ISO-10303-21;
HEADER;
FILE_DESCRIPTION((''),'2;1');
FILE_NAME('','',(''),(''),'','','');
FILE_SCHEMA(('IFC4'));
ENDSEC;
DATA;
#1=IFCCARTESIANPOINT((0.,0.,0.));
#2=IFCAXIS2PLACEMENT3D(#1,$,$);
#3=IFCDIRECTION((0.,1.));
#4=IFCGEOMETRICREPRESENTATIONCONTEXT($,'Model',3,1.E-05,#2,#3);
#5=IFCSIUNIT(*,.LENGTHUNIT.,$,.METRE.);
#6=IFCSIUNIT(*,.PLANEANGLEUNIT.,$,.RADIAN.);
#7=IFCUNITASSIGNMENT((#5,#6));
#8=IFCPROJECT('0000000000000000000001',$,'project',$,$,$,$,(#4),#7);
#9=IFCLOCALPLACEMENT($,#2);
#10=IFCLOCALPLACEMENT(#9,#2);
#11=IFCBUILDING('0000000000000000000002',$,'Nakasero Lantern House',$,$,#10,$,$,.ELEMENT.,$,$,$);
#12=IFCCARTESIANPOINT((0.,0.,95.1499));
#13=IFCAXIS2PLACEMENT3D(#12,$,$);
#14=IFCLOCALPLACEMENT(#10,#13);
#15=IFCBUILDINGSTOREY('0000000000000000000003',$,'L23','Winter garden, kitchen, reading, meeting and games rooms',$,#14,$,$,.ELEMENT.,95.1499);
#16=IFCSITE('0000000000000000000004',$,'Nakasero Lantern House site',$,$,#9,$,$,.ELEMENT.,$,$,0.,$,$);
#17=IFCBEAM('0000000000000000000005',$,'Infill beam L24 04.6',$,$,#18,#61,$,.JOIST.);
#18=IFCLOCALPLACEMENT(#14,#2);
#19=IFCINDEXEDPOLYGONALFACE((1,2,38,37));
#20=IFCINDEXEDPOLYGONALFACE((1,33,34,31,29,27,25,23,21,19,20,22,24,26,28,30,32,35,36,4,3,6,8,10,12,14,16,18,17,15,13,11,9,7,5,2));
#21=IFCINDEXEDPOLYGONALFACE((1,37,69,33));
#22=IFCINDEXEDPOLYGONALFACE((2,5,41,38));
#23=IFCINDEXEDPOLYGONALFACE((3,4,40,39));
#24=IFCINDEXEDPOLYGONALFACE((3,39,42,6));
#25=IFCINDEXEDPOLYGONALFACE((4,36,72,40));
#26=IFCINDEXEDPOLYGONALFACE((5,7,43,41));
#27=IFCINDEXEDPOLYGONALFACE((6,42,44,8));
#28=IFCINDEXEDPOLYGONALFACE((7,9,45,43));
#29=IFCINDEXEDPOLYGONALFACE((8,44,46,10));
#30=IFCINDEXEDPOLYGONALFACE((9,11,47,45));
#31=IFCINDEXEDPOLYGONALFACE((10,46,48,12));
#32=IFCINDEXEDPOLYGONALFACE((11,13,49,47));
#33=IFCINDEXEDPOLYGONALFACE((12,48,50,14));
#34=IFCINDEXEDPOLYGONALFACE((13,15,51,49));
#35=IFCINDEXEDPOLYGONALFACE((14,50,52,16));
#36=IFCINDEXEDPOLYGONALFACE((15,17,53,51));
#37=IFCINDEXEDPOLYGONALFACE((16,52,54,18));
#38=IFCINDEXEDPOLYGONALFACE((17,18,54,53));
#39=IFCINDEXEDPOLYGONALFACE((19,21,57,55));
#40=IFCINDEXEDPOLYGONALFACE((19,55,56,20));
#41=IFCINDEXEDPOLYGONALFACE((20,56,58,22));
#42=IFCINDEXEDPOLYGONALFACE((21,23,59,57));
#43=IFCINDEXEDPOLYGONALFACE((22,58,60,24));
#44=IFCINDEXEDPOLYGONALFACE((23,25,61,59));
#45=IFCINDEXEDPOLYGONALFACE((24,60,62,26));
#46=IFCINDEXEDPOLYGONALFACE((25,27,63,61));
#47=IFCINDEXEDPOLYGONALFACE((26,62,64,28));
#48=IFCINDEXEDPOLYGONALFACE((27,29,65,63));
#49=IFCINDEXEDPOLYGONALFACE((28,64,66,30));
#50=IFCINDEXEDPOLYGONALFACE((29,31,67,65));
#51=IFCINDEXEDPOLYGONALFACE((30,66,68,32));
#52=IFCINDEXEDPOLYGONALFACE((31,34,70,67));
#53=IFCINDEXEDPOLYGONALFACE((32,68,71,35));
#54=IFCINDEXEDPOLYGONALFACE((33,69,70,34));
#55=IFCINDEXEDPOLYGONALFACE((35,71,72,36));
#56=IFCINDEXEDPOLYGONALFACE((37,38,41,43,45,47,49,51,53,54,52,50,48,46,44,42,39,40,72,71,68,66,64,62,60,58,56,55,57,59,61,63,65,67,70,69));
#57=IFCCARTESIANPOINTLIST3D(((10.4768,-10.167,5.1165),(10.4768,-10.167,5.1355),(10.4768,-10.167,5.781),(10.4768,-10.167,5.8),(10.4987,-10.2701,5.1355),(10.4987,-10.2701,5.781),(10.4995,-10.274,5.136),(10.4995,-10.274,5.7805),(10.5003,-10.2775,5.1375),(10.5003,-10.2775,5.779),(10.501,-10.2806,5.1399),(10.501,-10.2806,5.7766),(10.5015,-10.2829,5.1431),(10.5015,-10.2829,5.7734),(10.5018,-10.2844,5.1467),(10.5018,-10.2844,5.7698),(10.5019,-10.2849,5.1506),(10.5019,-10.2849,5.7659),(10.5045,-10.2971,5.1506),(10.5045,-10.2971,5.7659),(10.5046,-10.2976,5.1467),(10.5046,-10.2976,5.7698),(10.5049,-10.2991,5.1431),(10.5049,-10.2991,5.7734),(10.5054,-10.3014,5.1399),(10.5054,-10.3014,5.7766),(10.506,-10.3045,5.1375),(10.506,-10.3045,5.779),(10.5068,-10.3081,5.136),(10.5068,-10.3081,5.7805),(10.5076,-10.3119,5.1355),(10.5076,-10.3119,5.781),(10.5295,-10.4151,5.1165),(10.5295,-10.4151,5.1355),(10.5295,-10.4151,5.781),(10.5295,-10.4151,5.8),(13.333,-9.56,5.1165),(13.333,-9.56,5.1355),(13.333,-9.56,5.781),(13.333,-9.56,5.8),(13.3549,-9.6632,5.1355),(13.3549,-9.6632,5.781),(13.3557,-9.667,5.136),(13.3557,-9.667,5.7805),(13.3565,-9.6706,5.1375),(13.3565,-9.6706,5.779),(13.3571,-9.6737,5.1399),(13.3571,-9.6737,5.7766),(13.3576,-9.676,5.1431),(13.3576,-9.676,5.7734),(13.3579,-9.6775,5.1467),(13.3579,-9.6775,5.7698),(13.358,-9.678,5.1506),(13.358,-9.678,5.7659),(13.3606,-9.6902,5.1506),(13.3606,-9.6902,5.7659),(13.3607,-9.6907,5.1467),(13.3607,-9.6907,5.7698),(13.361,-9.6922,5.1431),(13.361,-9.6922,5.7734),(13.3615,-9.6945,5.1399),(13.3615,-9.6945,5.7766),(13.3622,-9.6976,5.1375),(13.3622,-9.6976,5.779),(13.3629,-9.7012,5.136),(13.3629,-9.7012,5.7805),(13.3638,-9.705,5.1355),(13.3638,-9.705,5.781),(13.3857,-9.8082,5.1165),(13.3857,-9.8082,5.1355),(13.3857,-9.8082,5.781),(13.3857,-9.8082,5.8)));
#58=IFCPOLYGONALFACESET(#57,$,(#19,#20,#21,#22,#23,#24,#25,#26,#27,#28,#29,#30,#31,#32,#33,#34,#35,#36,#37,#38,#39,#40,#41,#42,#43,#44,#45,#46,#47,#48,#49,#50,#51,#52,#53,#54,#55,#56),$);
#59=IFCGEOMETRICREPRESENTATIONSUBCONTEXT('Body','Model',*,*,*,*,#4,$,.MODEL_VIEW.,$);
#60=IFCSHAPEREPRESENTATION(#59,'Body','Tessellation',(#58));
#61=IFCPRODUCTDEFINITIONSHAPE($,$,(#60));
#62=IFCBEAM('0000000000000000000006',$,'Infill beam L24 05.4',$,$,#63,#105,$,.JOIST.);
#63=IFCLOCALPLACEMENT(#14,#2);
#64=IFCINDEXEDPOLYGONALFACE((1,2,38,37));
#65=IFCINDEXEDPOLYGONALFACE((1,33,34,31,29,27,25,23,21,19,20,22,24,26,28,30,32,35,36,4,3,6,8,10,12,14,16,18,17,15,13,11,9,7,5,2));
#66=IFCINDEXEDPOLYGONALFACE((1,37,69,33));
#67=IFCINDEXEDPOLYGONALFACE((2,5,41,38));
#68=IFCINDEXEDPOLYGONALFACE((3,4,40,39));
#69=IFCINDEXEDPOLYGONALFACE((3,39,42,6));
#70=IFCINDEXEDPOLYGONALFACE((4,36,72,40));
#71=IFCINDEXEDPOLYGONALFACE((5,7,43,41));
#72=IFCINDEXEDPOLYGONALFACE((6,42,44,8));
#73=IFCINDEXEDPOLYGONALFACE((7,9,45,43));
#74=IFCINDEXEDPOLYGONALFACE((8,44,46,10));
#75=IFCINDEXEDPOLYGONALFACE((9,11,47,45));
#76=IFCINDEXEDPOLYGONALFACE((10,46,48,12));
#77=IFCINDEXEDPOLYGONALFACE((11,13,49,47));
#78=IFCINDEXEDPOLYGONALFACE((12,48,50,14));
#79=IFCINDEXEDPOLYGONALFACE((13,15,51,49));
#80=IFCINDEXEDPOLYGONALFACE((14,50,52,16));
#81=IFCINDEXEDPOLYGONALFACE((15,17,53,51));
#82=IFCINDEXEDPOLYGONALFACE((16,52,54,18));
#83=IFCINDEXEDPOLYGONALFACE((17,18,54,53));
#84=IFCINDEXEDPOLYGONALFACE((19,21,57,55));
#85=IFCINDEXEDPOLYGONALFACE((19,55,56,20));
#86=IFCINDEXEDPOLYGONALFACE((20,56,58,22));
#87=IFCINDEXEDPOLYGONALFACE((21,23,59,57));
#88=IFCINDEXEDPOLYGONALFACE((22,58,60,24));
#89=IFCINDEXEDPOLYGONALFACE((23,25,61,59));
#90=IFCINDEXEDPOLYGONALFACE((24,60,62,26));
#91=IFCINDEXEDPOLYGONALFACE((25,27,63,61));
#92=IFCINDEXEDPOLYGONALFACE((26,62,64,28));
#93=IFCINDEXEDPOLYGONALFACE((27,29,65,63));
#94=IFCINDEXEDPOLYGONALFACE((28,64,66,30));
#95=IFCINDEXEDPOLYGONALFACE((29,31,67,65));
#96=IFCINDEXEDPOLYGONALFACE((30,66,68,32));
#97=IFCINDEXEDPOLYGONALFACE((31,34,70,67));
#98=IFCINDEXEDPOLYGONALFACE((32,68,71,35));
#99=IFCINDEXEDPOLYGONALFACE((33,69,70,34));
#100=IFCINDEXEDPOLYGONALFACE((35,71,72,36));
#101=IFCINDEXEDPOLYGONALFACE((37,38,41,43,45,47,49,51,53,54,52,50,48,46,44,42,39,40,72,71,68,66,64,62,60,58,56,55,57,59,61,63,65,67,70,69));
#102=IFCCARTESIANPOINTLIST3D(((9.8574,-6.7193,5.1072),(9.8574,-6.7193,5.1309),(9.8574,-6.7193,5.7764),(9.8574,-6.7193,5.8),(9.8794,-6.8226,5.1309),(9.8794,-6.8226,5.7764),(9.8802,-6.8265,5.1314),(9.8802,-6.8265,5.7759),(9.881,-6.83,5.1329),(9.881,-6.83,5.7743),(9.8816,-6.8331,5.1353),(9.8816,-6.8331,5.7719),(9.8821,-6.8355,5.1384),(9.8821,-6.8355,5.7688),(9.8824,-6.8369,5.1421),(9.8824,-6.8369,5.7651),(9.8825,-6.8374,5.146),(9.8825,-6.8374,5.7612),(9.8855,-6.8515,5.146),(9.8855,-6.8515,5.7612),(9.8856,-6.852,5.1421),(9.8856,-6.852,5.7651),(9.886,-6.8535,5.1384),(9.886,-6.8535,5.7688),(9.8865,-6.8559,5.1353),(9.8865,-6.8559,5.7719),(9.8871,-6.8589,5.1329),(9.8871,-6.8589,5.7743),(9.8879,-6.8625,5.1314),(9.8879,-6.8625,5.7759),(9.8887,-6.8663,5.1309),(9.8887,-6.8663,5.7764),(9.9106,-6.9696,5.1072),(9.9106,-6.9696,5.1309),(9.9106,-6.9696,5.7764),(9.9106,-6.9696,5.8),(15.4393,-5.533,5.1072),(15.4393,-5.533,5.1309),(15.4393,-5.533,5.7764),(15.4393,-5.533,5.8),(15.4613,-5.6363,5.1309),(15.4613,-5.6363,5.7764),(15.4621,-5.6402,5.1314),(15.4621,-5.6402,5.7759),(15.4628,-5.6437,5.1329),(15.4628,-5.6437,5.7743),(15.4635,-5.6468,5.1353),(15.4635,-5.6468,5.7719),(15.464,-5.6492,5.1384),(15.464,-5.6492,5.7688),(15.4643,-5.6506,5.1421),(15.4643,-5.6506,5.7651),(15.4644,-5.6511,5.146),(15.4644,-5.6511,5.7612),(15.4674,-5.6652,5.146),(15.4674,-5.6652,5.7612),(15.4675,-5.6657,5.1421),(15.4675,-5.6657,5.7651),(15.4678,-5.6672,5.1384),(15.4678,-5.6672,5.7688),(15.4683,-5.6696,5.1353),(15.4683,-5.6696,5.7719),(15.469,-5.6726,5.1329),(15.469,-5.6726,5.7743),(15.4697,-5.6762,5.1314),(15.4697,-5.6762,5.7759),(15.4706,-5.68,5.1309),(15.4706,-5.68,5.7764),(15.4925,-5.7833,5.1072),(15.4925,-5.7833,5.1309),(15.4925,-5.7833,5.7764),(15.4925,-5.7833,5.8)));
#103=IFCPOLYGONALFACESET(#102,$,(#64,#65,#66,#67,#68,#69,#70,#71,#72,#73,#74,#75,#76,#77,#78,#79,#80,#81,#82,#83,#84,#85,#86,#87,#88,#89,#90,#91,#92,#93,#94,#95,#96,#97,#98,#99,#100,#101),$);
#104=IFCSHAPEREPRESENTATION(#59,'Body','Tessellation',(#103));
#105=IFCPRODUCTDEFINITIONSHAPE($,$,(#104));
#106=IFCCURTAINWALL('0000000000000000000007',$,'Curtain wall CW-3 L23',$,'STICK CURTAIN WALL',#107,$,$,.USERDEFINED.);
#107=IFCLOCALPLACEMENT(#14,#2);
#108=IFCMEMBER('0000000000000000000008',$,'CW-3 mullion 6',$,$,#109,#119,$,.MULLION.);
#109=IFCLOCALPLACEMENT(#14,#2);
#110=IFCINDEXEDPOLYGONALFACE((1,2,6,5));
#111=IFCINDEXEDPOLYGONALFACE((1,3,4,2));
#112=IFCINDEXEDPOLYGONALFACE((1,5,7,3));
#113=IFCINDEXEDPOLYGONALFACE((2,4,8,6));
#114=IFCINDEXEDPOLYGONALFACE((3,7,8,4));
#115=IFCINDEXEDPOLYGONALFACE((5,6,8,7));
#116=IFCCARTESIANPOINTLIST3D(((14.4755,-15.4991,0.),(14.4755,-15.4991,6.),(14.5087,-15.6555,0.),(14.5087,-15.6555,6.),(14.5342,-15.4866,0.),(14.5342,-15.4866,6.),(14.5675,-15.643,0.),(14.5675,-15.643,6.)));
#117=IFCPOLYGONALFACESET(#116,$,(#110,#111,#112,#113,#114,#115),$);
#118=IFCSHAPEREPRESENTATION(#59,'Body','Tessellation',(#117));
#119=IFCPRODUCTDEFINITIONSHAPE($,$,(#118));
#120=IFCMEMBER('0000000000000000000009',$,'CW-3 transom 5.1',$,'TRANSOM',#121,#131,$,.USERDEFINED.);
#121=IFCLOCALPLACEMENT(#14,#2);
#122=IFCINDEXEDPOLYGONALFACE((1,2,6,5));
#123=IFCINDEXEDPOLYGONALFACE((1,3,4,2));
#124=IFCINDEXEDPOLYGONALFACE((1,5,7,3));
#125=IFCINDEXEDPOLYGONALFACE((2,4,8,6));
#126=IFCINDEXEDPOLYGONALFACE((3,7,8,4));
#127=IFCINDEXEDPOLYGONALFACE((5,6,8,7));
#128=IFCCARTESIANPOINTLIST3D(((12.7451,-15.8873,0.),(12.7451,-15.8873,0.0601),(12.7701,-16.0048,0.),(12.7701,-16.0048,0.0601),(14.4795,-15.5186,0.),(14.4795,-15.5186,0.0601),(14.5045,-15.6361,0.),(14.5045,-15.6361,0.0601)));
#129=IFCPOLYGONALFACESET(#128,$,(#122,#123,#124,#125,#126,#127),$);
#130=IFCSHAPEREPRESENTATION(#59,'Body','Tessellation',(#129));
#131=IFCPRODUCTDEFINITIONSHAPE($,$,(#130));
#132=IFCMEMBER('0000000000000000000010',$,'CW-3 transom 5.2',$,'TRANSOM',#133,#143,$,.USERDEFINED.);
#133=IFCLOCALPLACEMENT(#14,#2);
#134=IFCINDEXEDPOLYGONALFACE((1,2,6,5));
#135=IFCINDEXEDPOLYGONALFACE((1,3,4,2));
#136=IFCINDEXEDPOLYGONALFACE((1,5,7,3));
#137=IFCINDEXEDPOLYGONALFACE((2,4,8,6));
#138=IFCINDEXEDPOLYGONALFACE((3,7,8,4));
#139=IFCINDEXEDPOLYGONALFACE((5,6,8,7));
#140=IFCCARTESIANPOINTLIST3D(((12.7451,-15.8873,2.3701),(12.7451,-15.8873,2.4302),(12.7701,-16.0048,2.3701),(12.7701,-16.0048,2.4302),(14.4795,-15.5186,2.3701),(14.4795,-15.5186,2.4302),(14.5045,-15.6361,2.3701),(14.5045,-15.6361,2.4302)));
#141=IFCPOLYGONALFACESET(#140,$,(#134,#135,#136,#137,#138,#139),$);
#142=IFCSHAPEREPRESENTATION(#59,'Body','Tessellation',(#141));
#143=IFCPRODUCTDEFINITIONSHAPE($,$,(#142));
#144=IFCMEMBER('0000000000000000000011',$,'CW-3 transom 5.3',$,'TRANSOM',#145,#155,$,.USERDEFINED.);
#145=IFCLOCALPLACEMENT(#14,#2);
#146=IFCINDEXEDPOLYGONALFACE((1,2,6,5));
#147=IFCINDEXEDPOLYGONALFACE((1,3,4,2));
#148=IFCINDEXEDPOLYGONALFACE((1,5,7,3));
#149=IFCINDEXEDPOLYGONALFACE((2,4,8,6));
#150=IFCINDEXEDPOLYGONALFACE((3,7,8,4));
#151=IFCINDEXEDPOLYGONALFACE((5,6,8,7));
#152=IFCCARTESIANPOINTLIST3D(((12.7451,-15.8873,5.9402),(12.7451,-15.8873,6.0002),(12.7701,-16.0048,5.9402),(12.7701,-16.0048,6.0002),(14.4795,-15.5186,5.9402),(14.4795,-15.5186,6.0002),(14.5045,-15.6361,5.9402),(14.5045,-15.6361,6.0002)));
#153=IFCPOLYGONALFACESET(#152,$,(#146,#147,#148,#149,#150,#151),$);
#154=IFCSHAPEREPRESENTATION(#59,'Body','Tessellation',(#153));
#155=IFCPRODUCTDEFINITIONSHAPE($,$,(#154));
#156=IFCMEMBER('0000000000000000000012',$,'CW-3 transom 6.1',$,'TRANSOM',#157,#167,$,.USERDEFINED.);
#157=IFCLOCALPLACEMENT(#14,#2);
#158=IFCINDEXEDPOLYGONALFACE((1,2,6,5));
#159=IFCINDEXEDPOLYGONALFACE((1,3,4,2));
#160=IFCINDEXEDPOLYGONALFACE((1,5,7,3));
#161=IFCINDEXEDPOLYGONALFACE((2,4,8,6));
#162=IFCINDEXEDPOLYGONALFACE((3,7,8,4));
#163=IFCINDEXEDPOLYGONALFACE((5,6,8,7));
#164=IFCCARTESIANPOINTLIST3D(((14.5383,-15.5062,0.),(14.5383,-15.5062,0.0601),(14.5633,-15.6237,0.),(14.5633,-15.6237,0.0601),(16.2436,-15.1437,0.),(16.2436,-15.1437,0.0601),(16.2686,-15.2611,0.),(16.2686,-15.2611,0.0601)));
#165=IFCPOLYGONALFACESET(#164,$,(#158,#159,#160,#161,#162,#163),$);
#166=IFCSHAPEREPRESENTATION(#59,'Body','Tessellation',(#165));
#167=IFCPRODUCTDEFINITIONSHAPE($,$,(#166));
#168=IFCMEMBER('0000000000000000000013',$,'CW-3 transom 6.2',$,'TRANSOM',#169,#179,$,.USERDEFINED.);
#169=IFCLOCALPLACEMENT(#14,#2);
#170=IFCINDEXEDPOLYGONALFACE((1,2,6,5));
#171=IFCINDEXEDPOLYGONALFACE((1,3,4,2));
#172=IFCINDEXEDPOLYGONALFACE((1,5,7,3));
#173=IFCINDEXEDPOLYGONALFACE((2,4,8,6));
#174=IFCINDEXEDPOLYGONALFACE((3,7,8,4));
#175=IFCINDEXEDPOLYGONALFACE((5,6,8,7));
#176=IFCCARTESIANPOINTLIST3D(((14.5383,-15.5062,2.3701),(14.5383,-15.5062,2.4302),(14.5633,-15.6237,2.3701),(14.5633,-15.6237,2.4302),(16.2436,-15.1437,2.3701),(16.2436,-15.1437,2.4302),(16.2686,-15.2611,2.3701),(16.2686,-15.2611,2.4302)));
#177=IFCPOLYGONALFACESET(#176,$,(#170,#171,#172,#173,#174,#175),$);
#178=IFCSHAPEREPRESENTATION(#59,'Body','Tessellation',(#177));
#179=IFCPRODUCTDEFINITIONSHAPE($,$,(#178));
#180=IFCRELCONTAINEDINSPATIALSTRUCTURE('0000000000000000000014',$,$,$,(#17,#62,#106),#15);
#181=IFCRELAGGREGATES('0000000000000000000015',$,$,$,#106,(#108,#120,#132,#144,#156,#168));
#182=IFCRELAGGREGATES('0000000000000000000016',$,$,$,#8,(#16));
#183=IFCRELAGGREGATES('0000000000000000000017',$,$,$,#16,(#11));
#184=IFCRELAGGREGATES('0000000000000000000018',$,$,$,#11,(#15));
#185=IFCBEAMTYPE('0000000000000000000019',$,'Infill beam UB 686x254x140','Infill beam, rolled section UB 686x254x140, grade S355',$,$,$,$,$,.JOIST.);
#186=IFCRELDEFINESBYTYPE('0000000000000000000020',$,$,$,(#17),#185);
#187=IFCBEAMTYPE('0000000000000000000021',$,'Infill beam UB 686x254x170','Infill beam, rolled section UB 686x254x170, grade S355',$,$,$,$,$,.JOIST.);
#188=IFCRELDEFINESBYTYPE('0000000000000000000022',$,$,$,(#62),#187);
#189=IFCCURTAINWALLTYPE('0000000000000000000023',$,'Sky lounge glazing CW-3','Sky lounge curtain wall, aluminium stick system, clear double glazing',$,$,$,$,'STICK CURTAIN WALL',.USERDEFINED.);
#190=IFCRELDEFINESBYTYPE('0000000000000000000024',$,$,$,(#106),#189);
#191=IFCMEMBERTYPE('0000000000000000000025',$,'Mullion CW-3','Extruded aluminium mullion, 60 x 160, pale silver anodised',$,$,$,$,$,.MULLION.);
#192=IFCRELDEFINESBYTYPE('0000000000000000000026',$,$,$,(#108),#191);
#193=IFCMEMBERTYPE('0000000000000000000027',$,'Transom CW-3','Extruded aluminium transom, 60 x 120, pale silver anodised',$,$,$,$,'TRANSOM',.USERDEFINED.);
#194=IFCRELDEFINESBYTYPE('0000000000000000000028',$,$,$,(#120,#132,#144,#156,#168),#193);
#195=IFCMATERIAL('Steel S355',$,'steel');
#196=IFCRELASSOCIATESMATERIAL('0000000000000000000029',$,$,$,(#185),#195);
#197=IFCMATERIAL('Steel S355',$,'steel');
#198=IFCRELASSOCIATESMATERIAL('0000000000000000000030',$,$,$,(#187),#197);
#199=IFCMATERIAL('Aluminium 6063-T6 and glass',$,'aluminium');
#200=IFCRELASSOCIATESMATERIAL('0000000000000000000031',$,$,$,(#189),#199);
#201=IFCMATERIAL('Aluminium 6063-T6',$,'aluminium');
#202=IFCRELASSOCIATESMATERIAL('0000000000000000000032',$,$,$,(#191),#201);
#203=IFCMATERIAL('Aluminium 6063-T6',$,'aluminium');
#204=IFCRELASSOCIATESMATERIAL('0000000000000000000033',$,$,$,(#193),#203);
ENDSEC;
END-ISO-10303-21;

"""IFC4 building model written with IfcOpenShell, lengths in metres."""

from ifc_helpers import new_model, si_unit, direction, frame, origin, origin_2d, place, context, subcontext, project, spatial, rectangle, i_section, extrude, material, material_profile, profile_set, type_object, element, aggregate, save


model = new_model("IFC4")

# Units and contexts
model_context = context("Model", 3, precision=1e-05, world=origin(), true_north=direction((0.0, 1.0)))
body_context = subcontext(model_context, "Body", "Model", "MODEL_VIEW")
ifc_project = project(units=[si_unit("LENGTHUNIT", "METRE"), si_unit("PLANEANGLEUNIT", "RADIAN")], contexts=[model_context])

# Site, building, storey
site_placement = place(None, origin())
site = spatial("IfcSite", under=ifc_project, at=site_placement, Name="Nakasero Lantern House site", CompositionType="ELEMENT", RefElevation=0.0)
building_placement = place(site_placement, origin())
building = spatial("IfcBuilding", under=site, at=building_placement, Name="Nakasero Lantern House", CompositionType="ELEMENT")
storey_placement = place(building_placement, frame((0.0, 0.0, 95.1499)))
storey = spatial("IfcBuildingStorey", under=building, at=storey_placement, Name="L23", Description="Winter garden, kitchen, reading, meeting and games rooms", CompositionType="ELEMENT", Elevation=95.1499)

# Beams
ifc_material_1 = material(Name="Steel S355", Category="steel")
ifc_material_profile_1 = material_profile(ifc_material_1, i_section(OverallWidth=0.2537, OverallDepth=0.6836, WebThickness=0.0125, FlangeThickness=0.019, FilletRadius=0.0151, at=origin_2d()), Name="UB 686x254x140")
ifc_profile_set_1 = profile_set([ifc_material_profile_1], Name="Steel S355")
beam_type_1 = type_object("IfcBeamType", Name="Infill beam UB 686x254x140", Description="Infill beam, rolled section UB 686x254x140, grade S355", PredefinedType="JOIST", material=ifc_profile_set_1)
beam_1_placement = place(storey_placement, frame((10.5032, -10.291, 5.4583), z_axis=(0.978159, 0.207856, 0.0), x_axis=(-0.207856, 0.978159, 0.0)))
element("IfcBeam", 1, at=beam_1_placement, inside=storey, type_object=beam_type_1, Name="Infill beam L24 04.6", PredefinedType="JOIST", context=body_context, shape_type="SweptSolid", body=[
    extrude(i_section(OverallWidth=0.2537, OverallDepth=0.6836, WebThickness=0.0125, FlangeThickness=0.019, FilletRadius=0.0151, at=origin_2d()), origin(), (0.0, 0.0, 1.0), 2.9199),
])
ifc_material_2 = material(Name="Steel S355", Category="steel")
ifc_material_profile_2 = material_profile(ifc_material_2, i_section(OverallWidth=0.2559, OverallDepth=0.6929, WebThickness=0.0144, FlangeThickness=0.0237, FilletRadius=0.0151, at=origin_2d()), Name="UB 686x254x170")
ifc_profile_set_2 = profile_set([ifc_material_profile_2], Name="Steel S355")
beam_type_2 = type_object("IfcBeamType", Name="Infill beam UB 686x254x170", Description="Infill beam, rolled section UB 686x254x170, grade S355", PredefinedType="JOIST", material=ifc_profile_set_2)
beam_2_placement = place(storey_placement, frame((9.884, -6.8445, 5.4536), z_axis=(0.978154, 0.207884, 0.0), x_axis=(-0.207884, 0.978154, 0.0)))
element("IfcBeam", 2, at=beam_2_placement, inside=storey, type_object=beam_type_2, Name="Infill beam L24 05.4", PredefinedType="JOIST", context=body_context, shape_type="SweptSolid", body=[
    extrude(i_section(OverallWidth=0.2559, OverallDepth=0.6929, WebThickness=0.0144, FlangeThickness=0.0237, FilletRadius=0.0151, at=origin_2d()), origin(), (0.0, 0.0, 1.0), 5.7065),
])

# Curtain wall, members
ifc_material_3 = material(Name="Aluminium 6063-T6 and glass", Category="aluminium")
curtain_wall_type = type_object("IfcCurtainWallType", Name="Sky lounge glazing CW-3", Description="Sky lounge curtain wall, aluminium stick system, clear double glazing", ElementType="STICK CURTAIN WALL", PredefinedType="USERDEFINED", material=ifc_material_3)
curtain_wall_placement = place(storey_placement, origin())
curtain_wall = element("IfcCurtainWall", 3, at=curtain_wall_placement, inside=storey, type_object=curtain_wall_type, Name="Curtain wall CW-3 L23", ObjectType="STICK CURTAIN WALL", PredefinedType="USERDEFINED")
ifc_material_4 = material(Name="Aluminium 6063-T6", Category="aluminium")
ifc_material_profile_3 = material_profile(ifc_material_4, rectangle(XDim=0.0601, YDim=0.1599, at=origin_2d()), Name="CW-3 mullion 60x160")
ifc_profile_set_3 = profile_set([ifc_material_profile_3], Name="Aluminium 6063-T6")
member_type_1 = type_object("IfcMemberType", Name="Mullion CW-3", Description="Extruded aluminium mullion, 60 x 160, pale silver anodised", PredefinedType="MULLION", material=ifc_profile_set_3)
member_1_placement = place(storey_placement, frame((14.5215, -15.571, 0.0), z_axis=(0.0, 0.0, 1.0), x_axis=(0.978148, 0.207912, 0.0)))
member_1 = element("IfcMember", 4, at=member_1_placement, type_object=member_type_1, Name="CW-3 mullion 6", PredefinedType="MULLION", context=body_context, shape_type="SweptSolid", body=[
    extrude(rectangle(XDim=0.0601, YDim=0.1599, at=origin_2d()), origin(), (0.0, 0.0, 1.0), 6.0),
])
ifc_material_5 = material(Name="Aluminium 6063-T6", Category="aluminium")
ifc_material_profile_4 = material_profile(ifc_material_5, rectangle(XDim=0.0601, YDim=0.1201, at=origin_2d()), Name="CW-3 transom 60x120")
ifc_profile_set_4 = profile_set([ifc_material_profile_4], Name="Aluminium 6063-T6")
member_type_2 = type_object("IfcMemberType", Name="Transom CW-3", Description="Extruded aluminium transom, 60 x 120, pale silver anodised", ElementType="TRANSOM", PredefinedType="USERDEFINED", material=ifc_profile_set_4)
member_2_placement = place(storey_placement, frame((12.7576, -15.946, 0.03), z_axis=(0.978148, 0.207911, 0.0), x_axis=(0.0, 0.0, 1.0)))
member_2 = element("IfcMember", 5, at=member_2_placement, type_object=member_type_2, Name="CW-3 transom 5.1", ObjectType="TRANSOM", PredefinedType="USERDEFINED", context=body_context, shape_type="SweptSolid", body=[
    extrude(rectangle(XDim=0.0601, YDim=0.1201, at=origin_2d()), origin(), (0.0, 0.0, 1.0), 1.7732),
])
member_3_placement = place(storey_placement, frame((12.7576, -15.946, 2.4001), z_axis=(0.978148, 0.207911, 0.0), x_axis=(0.0, 0.0, 1.0)))
member_3 = element("IfcMember", 6, at=member_3_placement, type_object=member_type_2, Name="CW-3 transom 5.2", ObjectType="TRANSOM", PredefinedType="USERDEFINED", context=body_context, shape_type="SweptSolid", body=[
    extrude(rectangle(XDim=0.0601, YDim=0.1201, at=origin_2d()), origin(), (0.0, 0.0, 1.0), 1.7732),
])
member_4_placement = place(storey_placement, frame((12.7576, -15.946, 5.9702), z_axis=(0.978148, 0.207911, 0.0), x_axis=(0.0, 0.0, 1.0)))
member_4 = element("IfcMember", 7, at=member_4_placement, type_object=member_type_2, Name="CW-3 transom 5.3", ObjectType="TRANSOM", PredefinedType="USERDEFINED", context=body_context, shape_type="SweptSolid", body=[
    extrude(rectangle(XDim=0.0601, YDim=0.1201, at=origin_2d()), origin(), (0.0, 0.0, 1.0), 1.7732),
])
member_5_placement = place(storey_placement, frame((14.5508, -15.5649, 0.03), z_axis=(0.978139, 0.207951, 0.0), x_axis=(0.0, 0.0, 1.0)))
member_5 = element("IfcMember", 8, at=member_5_placement, type_object=member_type_2, Name="CW-3 transom 6.1", ObjectType="TRANSOM", PredefinedType="USERDEFINED", context=body_context, shape_type="SweptSolid", body=[
    extrude(rectangle(XDim=0.0601, YDim=0.1201, at=origin_2d()), origin(), (0.0, 0.0, 1.0), 1.7434),
])
member_6_placement = place(storey_placement, frame((14.5508, -15.5649, 2.4001), z_axis=(0.978139, 0.207951, 0.0), x_axis=(0.0, 0.0, 1.0)))
member_6 = element("IfcMember", 9, at=member_6_placement, type_object=member_type_2, Name="CW-3 transom 6.2", ObjectType="TRANSOM", PredefinedType="USERDEFINED", context=body_context, shape_type="SweptSolid", body=[
    extrude(rectangle(XDim=0.0601, YDim=0.1201, at=origin_2d()), origin(), (0.0, 0.0, 1.0), 1.7434),
])
aggregate(curtain_wall, [member_1, member_2, member_3, member_4, member_5, member_6])

save(model, "model.ifc")
